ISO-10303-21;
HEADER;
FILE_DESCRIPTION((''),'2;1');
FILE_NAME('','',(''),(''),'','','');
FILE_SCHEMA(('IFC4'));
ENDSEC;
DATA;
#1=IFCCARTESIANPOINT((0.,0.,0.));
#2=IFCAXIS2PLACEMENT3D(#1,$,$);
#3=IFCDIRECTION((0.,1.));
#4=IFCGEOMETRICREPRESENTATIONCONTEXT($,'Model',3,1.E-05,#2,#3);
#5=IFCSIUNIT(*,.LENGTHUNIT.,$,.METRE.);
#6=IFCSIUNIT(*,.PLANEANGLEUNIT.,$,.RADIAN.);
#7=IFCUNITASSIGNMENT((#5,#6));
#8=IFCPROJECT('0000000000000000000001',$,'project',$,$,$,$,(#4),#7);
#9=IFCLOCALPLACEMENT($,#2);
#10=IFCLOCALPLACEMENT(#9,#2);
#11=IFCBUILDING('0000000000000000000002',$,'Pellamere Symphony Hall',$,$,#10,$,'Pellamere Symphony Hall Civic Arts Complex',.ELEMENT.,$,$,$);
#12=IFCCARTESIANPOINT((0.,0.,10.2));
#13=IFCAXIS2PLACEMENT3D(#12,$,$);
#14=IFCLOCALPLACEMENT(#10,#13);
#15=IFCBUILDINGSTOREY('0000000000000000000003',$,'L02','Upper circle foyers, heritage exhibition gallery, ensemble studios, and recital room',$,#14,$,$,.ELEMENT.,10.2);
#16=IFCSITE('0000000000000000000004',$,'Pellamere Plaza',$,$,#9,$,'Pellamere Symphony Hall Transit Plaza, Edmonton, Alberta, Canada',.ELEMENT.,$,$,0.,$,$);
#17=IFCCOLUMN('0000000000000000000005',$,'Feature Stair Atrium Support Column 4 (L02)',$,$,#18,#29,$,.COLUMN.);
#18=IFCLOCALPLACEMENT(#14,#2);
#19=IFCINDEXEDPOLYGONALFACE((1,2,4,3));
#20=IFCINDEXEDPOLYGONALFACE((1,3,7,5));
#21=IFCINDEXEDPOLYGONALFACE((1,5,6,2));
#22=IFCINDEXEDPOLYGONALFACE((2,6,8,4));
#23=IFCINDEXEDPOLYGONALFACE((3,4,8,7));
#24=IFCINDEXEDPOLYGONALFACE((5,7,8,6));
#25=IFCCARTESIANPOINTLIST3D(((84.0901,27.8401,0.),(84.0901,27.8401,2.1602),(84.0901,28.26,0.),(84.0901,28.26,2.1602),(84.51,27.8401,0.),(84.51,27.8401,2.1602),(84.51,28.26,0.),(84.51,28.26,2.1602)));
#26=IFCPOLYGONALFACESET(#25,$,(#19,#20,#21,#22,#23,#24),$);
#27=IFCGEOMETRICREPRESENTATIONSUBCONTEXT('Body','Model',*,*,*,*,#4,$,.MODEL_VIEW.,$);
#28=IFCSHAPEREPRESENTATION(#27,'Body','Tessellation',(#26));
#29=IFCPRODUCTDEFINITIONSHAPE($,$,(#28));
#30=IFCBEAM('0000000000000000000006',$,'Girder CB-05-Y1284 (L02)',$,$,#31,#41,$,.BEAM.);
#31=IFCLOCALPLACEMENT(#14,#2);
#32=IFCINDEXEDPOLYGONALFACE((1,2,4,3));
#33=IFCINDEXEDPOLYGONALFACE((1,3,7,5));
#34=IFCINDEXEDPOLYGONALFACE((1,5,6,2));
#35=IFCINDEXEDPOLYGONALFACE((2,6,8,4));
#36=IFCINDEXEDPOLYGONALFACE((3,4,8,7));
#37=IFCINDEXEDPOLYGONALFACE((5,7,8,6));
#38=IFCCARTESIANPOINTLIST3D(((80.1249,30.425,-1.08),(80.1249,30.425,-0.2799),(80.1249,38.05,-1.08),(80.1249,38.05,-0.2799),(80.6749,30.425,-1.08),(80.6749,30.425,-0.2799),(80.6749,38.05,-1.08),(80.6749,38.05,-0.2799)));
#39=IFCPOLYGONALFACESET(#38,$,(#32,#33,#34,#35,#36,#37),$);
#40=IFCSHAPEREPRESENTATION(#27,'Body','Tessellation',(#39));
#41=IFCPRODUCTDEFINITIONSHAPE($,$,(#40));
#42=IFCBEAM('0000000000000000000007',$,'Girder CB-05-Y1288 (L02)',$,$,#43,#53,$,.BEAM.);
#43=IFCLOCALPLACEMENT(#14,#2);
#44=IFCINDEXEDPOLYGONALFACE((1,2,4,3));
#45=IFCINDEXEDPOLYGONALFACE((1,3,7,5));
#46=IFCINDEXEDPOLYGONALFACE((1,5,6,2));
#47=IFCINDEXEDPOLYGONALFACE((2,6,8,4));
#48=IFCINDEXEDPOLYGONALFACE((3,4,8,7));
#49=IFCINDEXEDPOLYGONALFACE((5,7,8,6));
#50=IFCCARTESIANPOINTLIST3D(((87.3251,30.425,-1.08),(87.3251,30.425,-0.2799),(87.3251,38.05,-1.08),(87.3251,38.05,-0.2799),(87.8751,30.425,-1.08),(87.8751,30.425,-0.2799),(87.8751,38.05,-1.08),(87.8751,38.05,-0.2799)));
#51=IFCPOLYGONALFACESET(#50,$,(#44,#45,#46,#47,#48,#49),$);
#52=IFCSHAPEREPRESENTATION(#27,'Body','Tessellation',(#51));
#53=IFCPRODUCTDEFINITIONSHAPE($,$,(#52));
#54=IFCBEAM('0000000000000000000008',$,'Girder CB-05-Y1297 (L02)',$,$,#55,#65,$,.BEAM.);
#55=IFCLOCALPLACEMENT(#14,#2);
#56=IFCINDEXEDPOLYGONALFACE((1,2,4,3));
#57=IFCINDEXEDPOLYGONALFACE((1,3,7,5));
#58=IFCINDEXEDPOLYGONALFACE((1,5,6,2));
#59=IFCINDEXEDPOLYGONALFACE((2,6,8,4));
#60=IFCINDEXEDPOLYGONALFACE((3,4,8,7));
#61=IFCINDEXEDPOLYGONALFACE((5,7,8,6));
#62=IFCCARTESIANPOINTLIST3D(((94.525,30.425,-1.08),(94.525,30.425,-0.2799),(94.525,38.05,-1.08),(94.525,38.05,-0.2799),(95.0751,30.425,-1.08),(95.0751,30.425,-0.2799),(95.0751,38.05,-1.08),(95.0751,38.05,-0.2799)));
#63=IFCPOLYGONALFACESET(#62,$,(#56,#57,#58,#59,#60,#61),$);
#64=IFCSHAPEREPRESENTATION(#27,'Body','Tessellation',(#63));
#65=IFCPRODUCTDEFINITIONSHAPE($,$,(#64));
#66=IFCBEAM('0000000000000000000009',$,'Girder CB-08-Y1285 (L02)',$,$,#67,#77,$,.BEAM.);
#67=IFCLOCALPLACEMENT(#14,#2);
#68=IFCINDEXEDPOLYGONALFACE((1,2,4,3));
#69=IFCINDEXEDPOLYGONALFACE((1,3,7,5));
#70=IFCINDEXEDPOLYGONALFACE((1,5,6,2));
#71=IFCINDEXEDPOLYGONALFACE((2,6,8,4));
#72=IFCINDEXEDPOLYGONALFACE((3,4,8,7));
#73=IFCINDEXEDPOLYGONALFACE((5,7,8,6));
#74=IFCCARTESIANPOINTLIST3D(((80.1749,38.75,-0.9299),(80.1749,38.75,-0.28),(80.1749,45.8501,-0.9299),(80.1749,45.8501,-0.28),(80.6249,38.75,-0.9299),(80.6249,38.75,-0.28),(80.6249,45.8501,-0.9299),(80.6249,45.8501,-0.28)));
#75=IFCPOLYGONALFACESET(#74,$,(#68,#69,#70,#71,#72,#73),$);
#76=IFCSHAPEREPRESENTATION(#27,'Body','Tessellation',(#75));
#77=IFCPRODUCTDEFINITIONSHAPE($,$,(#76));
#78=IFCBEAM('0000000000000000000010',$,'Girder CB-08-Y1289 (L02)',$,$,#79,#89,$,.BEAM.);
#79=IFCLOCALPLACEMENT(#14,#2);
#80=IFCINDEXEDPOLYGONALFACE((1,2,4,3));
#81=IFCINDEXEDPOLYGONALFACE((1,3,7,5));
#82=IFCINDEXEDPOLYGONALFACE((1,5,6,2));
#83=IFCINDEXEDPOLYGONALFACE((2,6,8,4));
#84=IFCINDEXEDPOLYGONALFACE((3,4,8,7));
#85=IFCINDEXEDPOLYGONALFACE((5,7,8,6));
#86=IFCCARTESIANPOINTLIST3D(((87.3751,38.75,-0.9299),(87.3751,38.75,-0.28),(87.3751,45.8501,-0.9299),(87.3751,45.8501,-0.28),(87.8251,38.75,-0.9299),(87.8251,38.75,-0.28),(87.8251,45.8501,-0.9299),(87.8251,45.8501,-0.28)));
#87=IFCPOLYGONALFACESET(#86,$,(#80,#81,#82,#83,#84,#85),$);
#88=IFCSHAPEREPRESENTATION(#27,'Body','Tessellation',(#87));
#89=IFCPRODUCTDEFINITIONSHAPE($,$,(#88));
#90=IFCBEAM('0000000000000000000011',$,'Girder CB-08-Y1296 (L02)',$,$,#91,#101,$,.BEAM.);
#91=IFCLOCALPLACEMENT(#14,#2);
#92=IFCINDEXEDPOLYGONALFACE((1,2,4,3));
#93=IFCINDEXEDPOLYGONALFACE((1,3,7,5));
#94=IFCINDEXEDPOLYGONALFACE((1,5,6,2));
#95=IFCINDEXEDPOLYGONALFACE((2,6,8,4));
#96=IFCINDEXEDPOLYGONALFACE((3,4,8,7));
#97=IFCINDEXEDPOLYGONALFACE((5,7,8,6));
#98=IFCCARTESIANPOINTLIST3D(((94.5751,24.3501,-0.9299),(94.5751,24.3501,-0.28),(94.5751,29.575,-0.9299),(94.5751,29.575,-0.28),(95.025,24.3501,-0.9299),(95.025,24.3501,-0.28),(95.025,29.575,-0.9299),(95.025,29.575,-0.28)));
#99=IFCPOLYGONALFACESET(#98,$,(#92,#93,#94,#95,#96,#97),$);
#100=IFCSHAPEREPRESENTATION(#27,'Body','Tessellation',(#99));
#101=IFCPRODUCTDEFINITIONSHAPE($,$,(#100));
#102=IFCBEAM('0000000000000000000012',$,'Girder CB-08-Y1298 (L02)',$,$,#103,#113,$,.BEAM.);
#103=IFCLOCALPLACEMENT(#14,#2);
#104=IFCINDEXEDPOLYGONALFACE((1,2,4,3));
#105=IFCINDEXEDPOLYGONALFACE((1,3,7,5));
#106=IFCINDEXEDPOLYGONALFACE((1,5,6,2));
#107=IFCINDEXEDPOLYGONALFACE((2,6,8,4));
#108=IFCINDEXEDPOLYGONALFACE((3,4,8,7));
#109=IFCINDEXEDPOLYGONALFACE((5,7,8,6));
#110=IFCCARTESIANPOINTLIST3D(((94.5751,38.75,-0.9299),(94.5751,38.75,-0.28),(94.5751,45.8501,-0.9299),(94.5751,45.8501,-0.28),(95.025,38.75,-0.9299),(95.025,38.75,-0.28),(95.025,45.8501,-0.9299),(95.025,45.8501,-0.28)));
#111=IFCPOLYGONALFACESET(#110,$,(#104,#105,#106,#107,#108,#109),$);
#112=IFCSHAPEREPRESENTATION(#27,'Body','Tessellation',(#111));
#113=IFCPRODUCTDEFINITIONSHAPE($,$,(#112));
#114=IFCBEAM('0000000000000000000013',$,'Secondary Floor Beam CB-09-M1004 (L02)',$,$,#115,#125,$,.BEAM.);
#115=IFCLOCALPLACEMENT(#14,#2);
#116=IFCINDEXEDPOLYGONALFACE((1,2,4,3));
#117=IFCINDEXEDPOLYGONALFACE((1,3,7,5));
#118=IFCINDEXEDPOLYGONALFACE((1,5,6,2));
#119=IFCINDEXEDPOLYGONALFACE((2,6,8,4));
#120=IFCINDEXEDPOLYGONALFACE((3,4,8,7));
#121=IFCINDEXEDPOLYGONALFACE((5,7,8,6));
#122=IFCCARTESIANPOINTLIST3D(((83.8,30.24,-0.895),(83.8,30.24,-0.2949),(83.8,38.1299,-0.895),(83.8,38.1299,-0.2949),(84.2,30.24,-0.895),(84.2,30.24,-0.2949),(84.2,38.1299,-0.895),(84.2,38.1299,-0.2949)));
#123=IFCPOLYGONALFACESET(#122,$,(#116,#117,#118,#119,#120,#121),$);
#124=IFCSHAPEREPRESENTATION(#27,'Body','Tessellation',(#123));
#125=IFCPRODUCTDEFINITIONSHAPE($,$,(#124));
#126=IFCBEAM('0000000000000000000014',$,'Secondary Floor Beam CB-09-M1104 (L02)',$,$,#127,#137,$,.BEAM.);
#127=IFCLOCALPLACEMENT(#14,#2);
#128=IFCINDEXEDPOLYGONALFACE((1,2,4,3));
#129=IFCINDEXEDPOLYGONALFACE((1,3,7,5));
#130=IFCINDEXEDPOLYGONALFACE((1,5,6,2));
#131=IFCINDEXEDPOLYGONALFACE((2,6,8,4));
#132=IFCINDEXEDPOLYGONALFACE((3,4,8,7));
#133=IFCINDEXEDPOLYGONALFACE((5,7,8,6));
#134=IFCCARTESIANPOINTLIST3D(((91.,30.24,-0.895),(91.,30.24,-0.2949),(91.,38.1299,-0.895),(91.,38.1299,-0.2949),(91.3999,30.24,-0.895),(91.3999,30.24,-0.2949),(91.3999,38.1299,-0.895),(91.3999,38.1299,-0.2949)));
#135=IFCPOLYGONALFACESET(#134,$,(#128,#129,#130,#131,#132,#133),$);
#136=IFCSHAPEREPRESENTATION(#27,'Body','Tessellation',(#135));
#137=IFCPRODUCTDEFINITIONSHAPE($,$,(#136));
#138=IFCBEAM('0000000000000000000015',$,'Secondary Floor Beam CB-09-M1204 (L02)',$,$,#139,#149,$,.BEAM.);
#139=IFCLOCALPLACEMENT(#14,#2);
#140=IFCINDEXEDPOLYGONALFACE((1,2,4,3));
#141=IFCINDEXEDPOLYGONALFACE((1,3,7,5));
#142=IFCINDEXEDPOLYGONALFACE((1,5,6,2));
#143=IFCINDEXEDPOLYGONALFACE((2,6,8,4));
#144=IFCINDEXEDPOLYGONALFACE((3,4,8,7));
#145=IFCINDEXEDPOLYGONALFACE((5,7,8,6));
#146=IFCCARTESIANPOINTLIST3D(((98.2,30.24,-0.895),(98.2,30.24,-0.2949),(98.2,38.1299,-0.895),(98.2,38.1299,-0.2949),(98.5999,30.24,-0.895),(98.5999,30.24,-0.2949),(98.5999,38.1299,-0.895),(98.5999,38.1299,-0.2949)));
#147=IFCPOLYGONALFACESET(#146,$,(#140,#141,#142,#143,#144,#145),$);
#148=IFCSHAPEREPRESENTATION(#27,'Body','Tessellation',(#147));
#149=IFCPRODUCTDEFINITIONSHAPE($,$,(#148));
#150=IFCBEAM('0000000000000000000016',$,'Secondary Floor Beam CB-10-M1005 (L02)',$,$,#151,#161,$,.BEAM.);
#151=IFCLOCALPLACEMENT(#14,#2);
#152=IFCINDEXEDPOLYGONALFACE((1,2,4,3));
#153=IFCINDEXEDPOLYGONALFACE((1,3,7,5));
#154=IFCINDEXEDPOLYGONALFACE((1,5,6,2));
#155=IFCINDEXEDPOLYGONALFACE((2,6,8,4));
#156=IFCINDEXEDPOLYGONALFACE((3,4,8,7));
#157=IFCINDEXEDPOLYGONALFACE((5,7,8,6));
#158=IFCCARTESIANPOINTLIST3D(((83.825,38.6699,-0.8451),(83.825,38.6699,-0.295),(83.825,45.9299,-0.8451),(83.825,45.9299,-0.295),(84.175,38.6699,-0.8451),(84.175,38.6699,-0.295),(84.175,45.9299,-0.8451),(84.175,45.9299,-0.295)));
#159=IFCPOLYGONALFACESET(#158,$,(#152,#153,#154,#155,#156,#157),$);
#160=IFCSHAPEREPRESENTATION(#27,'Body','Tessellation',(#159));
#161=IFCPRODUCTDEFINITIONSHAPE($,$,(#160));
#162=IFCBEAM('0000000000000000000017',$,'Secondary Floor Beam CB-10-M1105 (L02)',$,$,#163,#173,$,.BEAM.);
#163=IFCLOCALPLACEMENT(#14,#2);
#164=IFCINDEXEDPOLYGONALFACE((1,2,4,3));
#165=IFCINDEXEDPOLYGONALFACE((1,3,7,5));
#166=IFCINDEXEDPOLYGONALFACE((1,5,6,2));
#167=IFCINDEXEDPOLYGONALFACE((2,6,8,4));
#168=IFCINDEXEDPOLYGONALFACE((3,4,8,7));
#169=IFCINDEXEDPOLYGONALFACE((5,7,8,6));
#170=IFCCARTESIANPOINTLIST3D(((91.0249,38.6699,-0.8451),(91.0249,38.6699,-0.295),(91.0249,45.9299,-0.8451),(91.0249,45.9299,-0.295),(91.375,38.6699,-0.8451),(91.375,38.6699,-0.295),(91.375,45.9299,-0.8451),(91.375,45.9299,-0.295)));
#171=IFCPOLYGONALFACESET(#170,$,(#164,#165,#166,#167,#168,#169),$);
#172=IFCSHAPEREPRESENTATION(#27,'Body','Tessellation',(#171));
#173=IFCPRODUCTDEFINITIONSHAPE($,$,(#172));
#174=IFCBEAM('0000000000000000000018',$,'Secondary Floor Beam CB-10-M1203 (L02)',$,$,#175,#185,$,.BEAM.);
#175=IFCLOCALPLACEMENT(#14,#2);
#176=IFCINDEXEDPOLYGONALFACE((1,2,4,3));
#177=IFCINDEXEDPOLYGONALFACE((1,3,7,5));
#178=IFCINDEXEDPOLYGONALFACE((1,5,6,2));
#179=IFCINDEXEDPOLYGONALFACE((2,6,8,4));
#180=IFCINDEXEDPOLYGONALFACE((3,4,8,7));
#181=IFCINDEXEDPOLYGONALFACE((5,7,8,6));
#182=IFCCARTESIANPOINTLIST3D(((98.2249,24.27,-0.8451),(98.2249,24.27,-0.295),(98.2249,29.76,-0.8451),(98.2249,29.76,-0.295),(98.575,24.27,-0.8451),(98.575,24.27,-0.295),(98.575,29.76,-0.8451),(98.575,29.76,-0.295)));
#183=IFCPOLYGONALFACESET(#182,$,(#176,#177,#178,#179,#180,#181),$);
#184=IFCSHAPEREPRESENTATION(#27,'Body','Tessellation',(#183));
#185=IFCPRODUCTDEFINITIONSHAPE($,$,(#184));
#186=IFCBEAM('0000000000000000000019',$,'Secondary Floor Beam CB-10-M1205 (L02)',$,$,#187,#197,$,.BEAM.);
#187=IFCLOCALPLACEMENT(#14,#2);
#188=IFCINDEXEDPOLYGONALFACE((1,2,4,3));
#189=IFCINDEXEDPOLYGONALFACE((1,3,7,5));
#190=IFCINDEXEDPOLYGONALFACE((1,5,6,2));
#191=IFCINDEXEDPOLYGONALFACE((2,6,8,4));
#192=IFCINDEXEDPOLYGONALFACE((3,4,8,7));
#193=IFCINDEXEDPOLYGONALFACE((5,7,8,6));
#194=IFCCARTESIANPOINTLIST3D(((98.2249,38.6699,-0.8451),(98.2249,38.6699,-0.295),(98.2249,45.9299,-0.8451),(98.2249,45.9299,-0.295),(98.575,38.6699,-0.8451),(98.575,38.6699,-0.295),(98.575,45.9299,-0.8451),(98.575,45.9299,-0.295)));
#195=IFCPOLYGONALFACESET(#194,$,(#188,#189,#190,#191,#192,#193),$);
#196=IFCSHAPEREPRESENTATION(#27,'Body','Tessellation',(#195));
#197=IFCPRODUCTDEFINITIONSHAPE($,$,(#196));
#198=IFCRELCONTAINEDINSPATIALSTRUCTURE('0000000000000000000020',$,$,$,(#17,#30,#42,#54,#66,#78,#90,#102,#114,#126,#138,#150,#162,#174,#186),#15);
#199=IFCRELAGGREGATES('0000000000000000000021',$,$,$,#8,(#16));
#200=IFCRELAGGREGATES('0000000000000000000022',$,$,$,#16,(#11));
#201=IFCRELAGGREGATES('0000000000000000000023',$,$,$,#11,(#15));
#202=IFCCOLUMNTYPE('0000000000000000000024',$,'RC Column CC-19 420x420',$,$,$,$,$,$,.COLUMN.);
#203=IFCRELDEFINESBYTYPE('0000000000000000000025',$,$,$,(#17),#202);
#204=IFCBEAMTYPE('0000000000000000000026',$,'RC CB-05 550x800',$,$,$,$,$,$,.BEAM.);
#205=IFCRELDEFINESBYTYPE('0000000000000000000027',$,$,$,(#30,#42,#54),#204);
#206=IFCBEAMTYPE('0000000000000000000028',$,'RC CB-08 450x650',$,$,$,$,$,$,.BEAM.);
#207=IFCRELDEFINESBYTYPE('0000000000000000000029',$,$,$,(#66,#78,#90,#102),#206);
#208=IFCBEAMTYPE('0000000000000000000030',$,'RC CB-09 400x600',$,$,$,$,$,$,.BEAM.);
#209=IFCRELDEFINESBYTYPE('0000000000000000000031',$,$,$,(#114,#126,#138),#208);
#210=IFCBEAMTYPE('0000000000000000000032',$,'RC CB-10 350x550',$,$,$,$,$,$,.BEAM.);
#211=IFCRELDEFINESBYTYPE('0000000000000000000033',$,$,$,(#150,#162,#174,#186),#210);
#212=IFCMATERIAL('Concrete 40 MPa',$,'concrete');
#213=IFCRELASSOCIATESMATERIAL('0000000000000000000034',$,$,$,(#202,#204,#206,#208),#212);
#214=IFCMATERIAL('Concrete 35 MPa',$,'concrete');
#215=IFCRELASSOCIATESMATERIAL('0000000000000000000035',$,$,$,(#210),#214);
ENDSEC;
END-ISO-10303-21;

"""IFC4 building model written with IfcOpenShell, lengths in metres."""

from ifc_helpers import new_model, si_unit, direction, frame, origin, origin_2d, place, context, subcontext, project, spatial, rectangle, extrude, material, material_profile, profile_set, type_object, element, save


model = new_model("IFC4")

# Units and contexts
model_context = context("Model", 3, precision=1e-05, world=origin(), true_north=direction((0.0, 1.0)))
body_context = subcontext(model_context, "Body", "Model", "MODEL_VIEW")
ifc_project = project(units=[si_unit("LENGTHUNIT", "METRE"), si_unit("PLANEANGLEUNIT", "RADIAN")], contexts=[model_context])

# Site, building, storey
site_placement = place(None, origin())
site = spatial("IfcSite", under=ifc_project, at=site_placement, Name="Pellamere Plaza", LongName="Pellamere Symphony Hall Transit Plaza, Edmonton, Alberta, Canada", CompositionType="ELEMENT", RefElevation=0.0)
building_placement = place(site_placement, origin())
building = spatial("IfcBuilding", under=site, at=building_placement, Name="Pellamere Symphony Hall", LongName="Pellamere Symphony Hall Civic Arts Complex", CompositionType="ELEMENT")
storey_placement = place(building_placement, frame((0.0, 0.0, 10.2)))
storey = spatial("IfcBuildingStorey", under=building, at=storey_placement, Name="L02", Description="Upper circle foyers, heritage exhibition gallery, ensemble studios, and recital room", CompositionType="ELEMENT", Elevation=10.2)

# Column
ifc_material_1 = material(Name="Concrete 40 MPa", Category="concrete")
ifc_material_profile_1 = material_profile(ifc_material_1, rectangle(XDim=0.4199, YDim=0.4199, at=origin_2d()), Name="RC 420x420")
ifc_profile_set_1 = profile_set([ifc_material_profile_1], Name="Concrete 40 MPa")
column_type_1 = type_object("IfcColumnType", Name="RC Column CC-19 420x420", PredefinedType="COLUMN", material=ifc_profile_set_1)
for number, where, z_axis, x_axis, name in (
    (1, (84.3, 28.05, 0.0), (0.0, 0.0, 1.0), (1.0, 0.0, 0.0), "Feature Stair Atrium Support Column 4 (L02)"),
):
    element("IfcColumn", number, at=place(storey_placement, frame(where, z_axis=z_axis, x_axis=x_axis)), inside=storey, type_object=column_type_1, Name=name, PredefinedType="COLUMN", context=body_context, shape_type="SweptSolid", body=[
        extrude(rectangle(XDim=0.4199, YDim=0.4199, at=origin_2d()), origin(), (0.0, 0.0, 1.0), 2.1602),
    ])

# Beams
ifc_material_profile_2 = material_profile(ifc_material_1, rectangle(XDim=0.55, YDim=0.8, at=origin_2d()), Name="RC 550x800")
ifc_profile_set_2 = profile_set([ifc_material_profile_2], Name="Concrete 40 MPa")
beam_type_1 = type_object("IfcBeamType", Name="RC CB-05 550x800", PredefinedType="BEAM", material=ifc_profile_set_2)
for number, where, z_axis, x_axis, name in (
    (2, (80.3999, 30.425, -0.6799), (0.0, 1.0, 0.0), (-1.0, 0.0, 0.0), "Girder CB-05-Y1284 (L02)"),
    (3, (87.6001, 30.425, -0.6799), (0.0, 1.0, 0.0), (-1.0, 0.0, 0.0), "Girder CB-05-Y1288 (L02)"),
    (4, (94.8, 30.425, -0.6799), (0.0, 1.0, 0.0), (-1.0, 0.0, 0.0), "Girder CB-05-Y1297 (L02)"),
):
    element("IfcBeam", number, at=place(storey_placement, frame(where, z_axis=z_axis, x_axis=x_axis)), inside=storey, type_object=beam_type_1, Name=name, PredefinedType="BEAM", context=body_context, shape_type="SweptSolid", body=[
        extrude(rectangle(XDim=0.55, YDim=0.8, at=origin_2d()), origin(), (0.0, 0.0, 1.0), 7.625),
    ])
ifc_material_profile_3 = material_profile(ifc_material_1, rectangle(XDim=0.45, YDim=0.6499, at=origin_2d()), Name="RC 450x650")
ifc_profile_set_3 = profile_set([ifc_material_profile_3], Name="Concrete 40 MPa")
beam_type_2 = type_object("IfcBeamType", Name="RC CB-08 450x650", PredefinedType="BEAM", material=ifc_profile_set_3)
for number, where, z_axis, x_axis, name in (
    (5, (80.3999, 38.75, -0.605), (0.0, 1.0, 0.0), (-1.0, 0.0, 0.0), "Girder CB-08-Y1285 (L02)"),
    (6, (87.6001, 38.75, -0.605), (0.0, 1.0, 0.0), (-1.0, 0.0, 0.0), "Girder CB-08-Y1289 (L02)"),
):
    element("IfcBeam", number, at=place(storey_placement, frame(where, z_axis=z_axis, x_axis=x_axis)), inside=storey, type_object=beam_type_2, Name=name, PredefinedType="BEAM", context=body_context, shape_type="SweptSolid", body=[
        extrude(rectangle(XDim=0.45, YDim=0.6499, at=origin_2d()), origin(), (0.0, 0.0, 1.0), 7.1001),
    ])
beam_1_placement = place(storey_placement, frame((94.8, 24.3501, -0.605), z_axis=(0.0, 1.0, 0.0), x_axis=(-1.0, 0.0, 0.0)))
element("IfcBeam", 7, at=beam_1_placement, inside=storey, type_object=beam_type_2, Name="Girder CB-08-Y1296 (L02)", PredefinedType="BEAM", context=body_context, shape_type="SweptSolid", body=[
    extrude(rectangle(XDim=0.45, YDim=0.6499, at=origin_2d()), origin(), (0.0, 0.0, 1.0), 5.2249),
])
beam_2_placement = place(storey_placement, frame((94.8, 38.75, -0.605), z_axis=(0.0, 1.0, 0.0), x_axis=(-1.0, 0.0, 0.0)))
element("IfcBeam", 8, at=beam_2_placement, inside=storey, type_object=beam_type_2, Name="Girder CB-08-Y1298 (L02)", PredefinedType="BEAM", context=body_context, shape_type="SweptSolid", body=[
    extrude(rectangle(XDim=0.45, YDim=0.6499, at=origin_2d()), origin(), (0.0, 0.0, 1.0), 7.1001),
])
ifc_material_profile_4 = material_profile(ifc_material_1, rectangle(XDim=0.3999, YDim=0.6001, at=origin_2d()), Name="RC 400x600")
ifc_profile_set_4 = profile_set([ifc_material_profile_4], Name="Concrete 40 MPa")
beam_type_3 = type_object("IfcBeamType", Name="RC CB-09 400x600", PredefinedType="BEAM", material=ifc_profile_set_4)
for number, where, z_axis, x_axis, name in (
    (9, (84.0, 30.24, -0.595), (0.0, 1.0, 0.0), (-1.0, 0.0, 0.0), "Secondary Floor Beam CB-09-M1004 (L02)"),
    (10, (91.2, 30.24, -0.595), (0.0, 1.0, 0.0), (-1.0, 0.0, 0.0), "Secondary Floor Beam CB-09-M1104 (L02)"),
    (11, (98.3999, 30.24, -0.595), (0.0, 1.0, 0.0), (-1.0, 0.0, 0.0), "Secondary Floor Beam CB-09-M1204 (L02)"),
):
    element("IfcBeam", number, at=place(storey_placement, frame(where, z_axis=z_axis, x_axis=x_axis)), inside=storey, type_object=beam_type_3, Name=name, PredefinedType="BEAM", context=body_context, shape_type="SweptSolid", body=[
        extrude(rectangle(XDim=0.3999, YDim=0.6001, at=origin_2d()), origin(), (0.0, 0.0, 1.0), 7.8899),
    ])
ifc_material_2 = material(Name="Concrete 35 MPa", Category="concrete")
ifc_material_profile_5 = material_profile(ifc_material_2, rectangle(XDim=0.3501, YDim=0.55, at=origin_2d()), Name="RC 350x550")
ifc_profile_set_5 = profile_set([ifc_material_profile_5], Name="Concrete 35 MPa")
beam_type_4 = type_object("IfcBeamType", Name="RC CB-10 350x550", PredefinedType="BEAM", material=ifc_profile_set_5)
for number, where, z_axis, x_axis, name in (
    (12, (84.0, 38.6699, -0.5701), (0.0, 1.0, 0.0), (-1.0, 0.0, 0.0), "Secondary Floor Beam CB-10-M1005 (L02)"),
    (13, (91.2, 38.6699, -0.5701), (0.0, 1.0, 0.0), (-1.0, 0.0, 0.0), "Secondary Floor Beam CB-10-M1105 (L02)"),
):
    element("IfcBeam", number, at=place(storey_placement, frame(where, z_axis=z_axis, x_axis=x_axis)), inside=storey, type_object=beam_type_4, Name=name, PredefinedType="BEAM", context=body_context, shape_type="SweptSolid", body=[
        extrude(rectangle(XDim=0.3501, YDim=0.55, at=origin_2d()), origin(), (0.0, 0.0, 1.0), 7.26),
    ])
beam_3_placement = place(storey_placement, frame((98.3999, 24.27, -0.5701), z_axis=(0.0, 1.0, 0.0), x_axis=(-1.0, 0.0, 0.0)))
element("IfcBeam", 14, at=beam_3_placement, inside=storey, type_object=beam_type_4, Name="Secondary Floor Beam CB-10-M1203 (L02)", PredefinedType="BEAM", context=body_context, shape_type="SweptSolid", body=[
    extrude(rectangle(XDim=0.3501, YDim=0.55, at=origin_2d()), origin(), (0.0, 0.0, 1.0), 5.49),
])
beam_4_placement = place(storey_placement, frame((98.3999, 38.6699, -0.5701), z_axis=(0.0, 1.0, 0.0), x_axis=(-1.0, 0.0, 0.0)))
element("IfcBeam", 15, at=beam_4_placement, inside=storey, type_object=beam_type_4, Name="Secondary Floor Beam CB-10-M1205 (L02)", PredefinedType="BEAM", context=body_context, shape_type="SweptSolid", body=[
    extrude(rectangle(XDim=0.3501, YDim=0.55, at=origin_2d()), origin(), (0.0, 0.0, 1.0), 7.26),
])

save(model, "model.ifc")
